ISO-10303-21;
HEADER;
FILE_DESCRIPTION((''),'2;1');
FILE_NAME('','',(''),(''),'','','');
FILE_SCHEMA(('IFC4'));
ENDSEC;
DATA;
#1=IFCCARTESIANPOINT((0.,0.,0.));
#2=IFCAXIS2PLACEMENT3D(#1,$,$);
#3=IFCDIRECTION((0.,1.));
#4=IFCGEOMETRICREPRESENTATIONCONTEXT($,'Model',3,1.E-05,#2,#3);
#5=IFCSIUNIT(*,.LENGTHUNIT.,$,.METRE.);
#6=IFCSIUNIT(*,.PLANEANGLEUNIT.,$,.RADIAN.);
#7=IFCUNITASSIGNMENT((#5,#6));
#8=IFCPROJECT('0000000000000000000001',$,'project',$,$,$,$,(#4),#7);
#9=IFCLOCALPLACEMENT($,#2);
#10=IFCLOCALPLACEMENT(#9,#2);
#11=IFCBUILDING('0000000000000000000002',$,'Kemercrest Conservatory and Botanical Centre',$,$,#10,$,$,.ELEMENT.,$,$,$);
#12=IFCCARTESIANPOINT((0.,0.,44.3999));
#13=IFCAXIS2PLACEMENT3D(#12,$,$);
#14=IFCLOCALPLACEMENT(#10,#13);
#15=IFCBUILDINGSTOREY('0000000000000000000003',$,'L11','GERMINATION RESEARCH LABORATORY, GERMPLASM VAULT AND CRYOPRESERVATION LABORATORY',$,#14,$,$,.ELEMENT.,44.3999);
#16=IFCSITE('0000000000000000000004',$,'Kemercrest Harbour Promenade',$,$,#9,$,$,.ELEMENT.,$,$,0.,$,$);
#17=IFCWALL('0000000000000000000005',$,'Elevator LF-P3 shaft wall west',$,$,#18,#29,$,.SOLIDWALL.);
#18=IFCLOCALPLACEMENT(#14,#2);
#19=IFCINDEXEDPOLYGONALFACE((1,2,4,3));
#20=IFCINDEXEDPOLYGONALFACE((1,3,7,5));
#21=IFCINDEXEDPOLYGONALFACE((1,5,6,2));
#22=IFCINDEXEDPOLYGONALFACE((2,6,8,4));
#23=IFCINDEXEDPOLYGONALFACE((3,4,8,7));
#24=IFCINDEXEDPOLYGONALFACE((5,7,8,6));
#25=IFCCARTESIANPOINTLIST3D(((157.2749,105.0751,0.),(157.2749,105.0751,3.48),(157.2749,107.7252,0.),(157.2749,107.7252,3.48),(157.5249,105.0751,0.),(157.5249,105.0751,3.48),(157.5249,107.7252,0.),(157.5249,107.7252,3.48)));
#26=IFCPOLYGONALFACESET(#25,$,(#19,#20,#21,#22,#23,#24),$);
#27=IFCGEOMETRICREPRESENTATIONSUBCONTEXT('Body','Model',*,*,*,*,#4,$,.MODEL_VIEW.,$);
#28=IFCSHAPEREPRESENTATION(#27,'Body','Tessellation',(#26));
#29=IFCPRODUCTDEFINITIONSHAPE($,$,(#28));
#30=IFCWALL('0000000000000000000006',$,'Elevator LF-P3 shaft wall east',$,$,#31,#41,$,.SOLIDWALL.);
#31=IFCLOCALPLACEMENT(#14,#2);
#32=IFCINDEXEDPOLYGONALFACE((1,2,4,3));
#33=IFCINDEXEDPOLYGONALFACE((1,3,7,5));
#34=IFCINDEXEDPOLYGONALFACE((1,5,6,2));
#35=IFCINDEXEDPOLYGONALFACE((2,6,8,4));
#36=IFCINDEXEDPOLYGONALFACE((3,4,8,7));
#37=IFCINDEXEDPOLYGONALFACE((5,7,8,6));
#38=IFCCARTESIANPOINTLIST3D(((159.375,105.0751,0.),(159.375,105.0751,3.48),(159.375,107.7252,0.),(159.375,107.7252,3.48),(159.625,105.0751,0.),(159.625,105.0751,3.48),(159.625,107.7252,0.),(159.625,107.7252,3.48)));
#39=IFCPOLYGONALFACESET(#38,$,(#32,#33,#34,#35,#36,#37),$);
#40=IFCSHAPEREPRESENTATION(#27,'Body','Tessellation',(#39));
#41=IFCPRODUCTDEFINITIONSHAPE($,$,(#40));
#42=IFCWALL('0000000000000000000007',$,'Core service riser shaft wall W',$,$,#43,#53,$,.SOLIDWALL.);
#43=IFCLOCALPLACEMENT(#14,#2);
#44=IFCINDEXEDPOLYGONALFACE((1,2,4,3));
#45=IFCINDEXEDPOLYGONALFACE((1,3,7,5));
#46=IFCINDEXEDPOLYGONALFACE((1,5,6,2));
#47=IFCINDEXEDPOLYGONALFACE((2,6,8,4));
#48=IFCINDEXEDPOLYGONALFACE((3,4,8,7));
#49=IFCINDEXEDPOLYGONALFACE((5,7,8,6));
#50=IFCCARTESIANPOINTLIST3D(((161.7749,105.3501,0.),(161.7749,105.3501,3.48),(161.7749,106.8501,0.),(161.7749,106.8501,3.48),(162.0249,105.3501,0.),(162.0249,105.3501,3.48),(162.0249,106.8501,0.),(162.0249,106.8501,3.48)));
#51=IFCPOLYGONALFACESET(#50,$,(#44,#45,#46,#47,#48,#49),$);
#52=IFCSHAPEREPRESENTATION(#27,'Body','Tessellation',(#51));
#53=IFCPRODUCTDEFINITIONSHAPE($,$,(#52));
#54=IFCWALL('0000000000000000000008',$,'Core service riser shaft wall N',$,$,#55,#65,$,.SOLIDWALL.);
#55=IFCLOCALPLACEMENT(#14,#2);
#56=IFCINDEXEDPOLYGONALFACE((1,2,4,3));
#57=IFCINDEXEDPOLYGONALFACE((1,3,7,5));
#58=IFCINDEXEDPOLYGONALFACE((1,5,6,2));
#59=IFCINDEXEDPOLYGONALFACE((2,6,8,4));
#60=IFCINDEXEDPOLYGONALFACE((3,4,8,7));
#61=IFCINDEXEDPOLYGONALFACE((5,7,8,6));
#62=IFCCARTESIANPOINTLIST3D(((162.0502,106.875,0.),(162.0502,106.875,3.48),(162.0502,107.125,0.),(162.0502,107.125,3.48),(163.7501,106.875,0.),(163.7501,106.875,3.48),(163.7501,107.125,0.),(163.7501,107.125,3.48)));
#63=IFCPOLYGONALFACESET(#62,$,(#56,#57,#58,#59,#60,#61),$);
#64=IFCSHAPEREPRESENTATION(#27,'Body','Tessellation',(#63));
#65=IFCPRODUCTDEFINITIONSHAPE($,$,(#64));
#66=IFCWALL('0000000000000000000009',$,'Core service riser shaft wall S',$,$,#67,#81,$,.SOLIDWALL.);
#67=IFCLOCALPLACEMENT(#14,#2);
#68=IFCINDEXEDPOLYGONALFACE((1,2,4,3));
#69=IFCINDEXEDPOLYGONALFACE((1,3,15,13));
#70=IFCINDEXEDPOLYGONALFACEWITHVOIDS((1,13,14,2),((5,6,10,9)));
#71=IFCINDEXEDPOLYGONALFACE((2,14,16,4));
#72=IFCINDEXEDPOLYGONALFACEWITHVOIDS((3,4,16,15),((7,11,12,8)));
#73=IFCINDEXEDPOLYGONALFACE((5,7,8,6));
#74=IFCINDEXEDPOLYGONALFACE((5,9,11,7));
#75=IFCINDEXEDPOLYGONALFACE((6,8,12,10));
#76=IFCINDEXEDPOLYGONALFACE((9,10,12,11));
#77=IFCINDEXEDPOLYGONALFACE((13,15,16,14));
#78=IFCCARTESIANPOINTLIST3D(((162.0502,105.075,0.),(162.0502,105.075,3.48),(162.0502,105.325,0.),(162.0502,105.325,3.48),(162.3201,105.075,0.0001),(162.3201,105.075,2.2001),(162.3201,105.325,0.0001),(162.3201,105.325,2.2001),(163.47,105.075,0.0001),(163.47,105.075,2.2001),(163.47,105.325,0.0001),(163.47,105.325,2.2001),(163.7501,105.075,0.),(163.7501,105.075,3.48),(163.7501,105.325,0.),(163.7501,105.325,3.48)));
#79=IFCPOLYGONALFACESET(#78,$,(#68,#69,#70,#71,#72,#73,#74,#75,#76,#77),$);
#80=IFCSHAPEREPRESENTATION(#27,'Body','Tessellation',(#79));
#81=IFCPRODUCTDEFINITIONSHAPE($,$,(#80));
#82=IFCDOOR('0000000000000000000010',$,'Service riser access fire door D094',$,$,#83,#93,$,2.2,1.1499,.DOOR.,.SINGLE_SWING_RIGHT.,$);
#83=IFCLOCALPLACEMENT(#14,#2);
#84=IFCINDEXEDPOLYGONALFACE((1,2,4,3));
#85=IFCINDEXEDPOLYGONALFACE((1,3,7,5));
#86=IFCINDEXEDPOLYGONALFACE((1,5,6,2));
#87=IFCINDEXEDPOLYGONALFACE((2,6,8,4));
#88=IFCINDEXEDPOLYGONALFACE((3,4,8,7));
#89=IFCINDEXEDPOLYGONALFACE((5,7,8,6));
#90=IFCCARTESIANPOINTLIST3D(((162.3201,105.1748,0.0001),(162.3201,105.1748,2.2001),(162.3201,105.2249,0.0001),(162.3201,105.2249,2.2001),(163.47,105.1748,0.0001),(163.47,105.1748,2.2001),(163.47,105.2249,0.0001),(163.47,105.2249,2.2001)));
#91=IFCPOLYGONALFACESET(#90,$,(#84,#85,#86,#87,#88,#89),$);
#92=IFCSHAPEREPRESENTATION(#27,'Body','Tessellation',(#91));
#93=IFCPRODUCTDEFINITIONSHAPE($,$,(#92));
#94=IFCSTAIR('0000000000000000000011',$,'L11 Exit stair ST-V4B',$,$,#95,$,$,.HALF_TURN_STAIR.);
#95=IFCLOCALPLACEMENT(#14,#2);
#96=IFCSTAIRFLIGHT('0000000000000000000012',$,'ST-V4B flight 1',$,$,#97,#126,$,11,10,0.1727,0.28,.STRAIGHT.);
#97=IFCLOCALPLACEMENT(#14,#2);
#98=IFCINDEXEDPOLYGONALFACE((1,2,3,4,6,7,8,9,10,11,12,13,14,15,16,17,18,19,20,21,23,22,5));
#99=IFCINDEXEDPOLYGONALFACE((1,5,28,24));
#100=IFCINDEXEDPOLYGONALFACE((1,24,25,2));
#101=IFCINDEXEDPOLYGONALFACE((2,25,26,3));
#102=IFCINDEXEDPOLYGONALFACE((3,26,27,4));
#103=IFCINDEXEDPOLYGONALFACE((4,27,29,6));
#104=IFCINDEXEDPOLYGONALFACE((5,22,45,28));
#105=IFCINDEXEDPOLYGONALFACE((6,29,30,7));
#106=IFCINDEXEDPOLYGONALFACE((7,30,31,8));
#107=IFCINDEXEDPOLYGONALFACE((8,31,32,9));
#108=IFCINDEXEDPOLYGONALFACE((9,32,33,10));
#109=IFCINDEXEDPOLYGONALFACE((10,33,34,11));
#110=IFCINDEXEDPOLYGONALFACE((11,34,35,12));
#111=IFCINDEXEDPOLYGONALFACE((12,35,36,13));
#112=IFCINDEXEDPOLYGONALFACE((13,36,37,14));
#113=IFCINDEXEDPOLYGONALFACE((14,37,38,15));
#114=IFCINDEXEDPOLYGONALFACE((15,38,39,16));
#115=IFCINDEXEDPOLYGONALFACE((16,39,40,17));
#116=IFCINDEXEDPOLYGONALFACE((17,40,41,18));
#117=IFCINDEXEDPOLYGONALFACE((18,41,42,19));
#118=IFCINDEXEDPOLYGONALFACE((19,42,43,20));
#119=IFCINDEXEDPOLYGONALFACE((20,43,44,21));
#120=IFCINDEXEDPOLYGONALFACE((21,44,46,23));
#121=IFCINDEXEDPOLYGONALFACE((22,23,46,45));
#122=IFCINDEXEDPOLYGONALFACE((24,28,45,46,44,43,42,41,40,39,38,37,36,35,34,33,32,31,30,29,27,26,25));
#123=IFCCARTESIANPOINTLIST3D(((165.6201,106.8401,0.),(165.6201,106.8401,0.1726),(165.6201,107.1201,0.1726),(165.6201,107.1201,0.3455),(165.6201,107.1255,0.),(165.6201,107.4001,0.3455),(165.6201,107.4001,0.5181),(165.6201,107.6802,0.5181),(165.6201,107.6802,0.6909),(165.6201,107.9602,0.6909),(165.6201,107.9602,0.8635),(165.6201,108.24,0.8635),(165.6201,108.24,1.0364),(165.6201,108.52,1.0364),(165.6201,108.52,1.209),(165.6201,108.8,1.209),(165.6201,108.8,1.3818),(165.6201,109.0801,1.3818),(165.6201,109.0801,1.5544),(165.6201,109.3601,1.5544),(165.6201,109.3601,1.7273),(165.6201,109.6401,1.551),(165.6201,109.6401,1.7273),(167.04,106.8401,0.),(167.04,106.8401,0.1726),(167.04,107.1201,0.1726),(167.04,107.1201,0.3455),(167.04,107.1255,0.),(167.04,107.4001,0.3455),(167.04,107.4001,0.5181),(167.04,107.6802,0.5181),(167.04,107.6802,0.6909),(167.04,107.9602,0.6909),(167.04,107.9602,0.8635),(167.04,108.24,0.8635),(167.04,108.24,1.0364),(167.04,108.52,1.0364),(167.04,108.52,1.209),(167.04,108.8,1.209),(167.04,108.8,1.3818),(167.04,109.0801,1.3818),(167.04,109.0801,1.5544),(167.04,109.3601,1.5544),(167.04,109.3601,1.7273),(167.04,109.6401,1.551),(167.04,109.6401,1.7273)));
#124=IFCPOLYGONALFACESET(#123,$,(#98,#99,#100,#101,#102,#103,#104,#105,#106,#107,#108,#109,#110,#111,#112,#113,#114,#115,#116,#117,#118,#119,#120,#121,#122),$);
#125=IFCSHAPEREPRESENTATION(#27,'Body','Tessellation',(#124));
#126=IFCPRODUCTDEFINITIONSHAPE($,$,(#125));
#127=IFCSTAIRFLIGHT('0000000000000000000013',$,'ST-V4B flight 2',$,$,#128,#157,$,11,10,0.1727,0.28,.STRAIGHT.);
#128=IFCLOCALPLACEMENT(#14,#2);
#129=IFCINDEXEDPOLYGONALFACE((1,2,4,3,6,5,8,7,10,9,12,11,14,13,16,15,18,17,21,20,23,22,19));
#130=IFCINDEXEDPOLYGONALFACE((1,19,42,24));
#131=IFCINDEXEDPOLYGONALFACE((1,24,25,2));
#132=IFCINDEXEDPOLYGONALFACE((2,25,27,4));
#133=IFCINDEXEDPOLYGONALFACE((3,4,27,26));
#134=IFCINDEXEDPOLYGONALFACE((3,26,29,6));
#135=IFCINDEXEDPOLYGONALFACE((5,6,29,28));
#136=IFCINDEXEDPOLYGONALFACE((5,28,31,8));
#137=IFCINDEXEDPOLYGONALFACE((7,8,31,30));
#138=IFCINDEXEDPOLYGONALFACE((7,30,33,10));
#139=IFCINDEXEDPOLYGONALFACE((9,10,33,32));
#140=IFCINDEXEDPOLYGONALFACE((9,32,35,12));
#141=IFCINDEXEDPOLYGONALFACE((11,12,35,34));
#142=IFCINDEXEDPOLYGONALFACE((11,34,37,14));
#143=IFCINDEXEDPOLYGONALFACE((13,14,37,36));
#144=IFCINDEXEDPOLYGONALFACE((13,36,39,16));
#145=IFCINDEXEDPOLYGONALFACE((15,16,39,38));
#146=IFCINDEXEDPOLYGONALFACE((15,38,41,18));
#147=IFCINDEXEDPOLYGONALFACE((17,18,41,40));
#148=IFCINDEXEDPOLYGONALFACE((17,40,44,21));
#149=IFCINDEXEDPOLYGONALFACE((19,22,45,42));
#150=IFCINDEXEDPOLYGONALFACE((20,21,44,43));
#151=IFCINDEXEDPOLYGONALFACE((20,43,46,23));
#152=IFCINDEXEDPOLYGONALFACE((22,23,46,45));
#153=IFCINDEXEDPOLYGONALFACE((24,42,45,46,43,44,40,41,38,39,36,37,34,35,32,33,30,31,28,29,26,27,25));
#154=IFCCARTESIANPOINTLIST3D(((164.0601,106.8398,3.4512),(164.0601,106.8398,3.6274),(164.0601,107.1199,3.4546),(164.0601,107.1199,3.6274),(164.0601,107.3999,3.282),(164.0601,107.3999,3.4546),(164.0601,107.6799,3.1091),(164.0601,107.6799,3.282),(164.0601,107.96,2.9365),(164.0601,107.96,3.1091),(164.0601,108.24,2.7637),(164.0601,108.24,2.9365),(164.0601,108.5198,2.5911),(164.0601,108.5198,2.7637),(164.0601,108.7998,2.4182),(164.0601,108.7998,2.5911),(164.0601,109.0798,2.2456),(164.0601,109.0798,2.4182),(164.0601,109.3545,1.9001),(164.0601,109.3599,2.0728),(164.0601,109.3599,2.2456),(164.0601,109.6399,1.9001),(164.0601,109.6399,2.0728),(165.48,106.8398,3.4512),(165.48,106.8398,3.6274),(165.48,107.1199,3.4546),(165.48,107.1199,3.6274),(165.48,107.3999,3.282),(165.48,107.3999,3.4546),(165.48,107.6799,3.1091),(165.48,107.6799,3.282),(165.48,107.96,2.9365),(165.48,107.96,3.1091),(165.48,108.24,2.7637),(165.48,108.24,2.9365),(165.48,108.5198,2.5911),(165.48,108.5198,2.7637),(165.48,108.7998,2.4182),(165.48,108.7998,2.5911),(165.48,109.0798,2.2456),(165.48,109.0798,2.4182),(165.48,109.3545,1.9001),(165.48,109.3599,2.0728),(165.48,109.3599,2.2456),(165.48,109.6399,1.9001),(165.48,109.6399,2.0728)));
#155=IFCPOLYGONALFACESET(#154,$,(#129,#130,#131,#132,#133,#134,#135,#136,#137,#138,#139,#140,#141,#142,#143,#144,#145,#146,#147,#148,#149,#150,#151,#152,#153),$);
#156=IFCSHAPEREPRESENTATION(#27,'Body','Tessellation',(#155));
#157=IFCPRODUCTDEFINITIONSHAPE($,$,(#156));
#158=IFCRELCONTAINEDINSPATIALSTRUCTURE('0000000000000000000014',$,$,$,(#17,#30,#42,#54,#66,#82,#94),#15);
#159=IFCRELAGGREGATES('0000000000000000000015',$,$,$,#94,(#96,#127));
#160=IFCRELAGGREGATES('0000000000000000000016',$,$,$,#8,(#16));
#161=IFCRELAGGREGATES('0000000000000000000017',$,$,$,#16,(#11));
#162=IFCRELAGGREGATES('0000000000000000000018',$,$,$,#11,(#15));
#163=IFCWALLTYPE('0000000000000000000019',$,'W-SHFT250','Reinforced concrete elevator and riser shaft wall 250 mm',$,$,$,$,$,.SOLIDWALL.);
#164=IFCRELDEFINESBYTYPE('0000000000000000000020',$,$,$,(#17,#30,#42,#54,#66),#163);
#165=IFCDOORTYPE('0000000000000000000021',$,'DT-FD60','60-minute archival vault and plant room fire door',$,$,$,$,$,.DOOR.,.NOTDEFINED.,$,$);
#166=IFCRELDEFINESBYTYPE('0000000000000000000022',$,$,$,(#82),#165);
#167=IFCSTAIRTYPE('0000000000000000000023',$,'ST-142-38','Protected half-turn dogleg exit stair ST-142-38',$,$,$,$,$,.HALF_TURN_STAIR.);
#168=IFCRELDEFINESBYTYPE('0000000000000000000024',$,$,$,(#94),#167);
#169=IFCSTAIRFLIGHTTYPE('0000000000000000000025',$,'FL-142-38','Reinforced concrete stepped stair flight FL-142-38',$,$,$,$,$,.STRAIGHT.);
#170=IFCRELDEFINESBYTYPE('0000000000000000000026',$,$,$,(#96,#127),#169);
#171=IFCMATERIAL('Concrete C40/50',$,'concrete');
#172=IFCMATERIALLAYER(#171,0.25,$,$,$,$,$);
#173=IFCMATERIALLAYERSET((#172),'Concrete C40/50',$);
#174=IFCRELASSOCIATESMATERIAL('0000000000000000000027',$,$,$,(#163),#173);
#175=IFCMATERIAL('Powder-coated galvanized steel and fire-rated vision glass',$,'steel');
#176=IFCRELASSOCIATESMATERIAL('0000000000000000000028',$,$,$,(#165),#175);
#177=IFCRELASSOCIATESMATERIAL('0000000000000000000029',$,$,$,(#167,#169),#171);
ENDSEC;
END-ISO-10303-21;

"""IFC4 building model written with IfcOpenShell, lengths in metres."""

from ifc_helpers import new_model, si_unit, direction, frame, frame_2d, origin, place, context, subcontext, project, spatial, polyline, rectangle, outline, extrude, material, layer, layer_set, type_object, element, fill, aggregate, save


model = new_model("IFC4")

# Units and contexts
model_context = context("Model", 3, precision=1e-05, world=origin(), true_north=direction((0.0, 1.0)))
body_context = subcontext(model_context, "Body", "Model", "MODEL_VIEW")
ifc_project = project(units=[si_unit("LENGTHUNIT", "METRE"), si_unit("PLANEANGLEUNIT", "RADIAN")], contexts=[model_context])

# Site, building, storey
site_placement = place(None, origin())
site = spatial("IfcSite", under=ifc_project, at=site_placement, Name="Kemercrest Harbour Promenade", CompositionType="ELEMENT", RefElevation=0.0)
building_placement = place(site_placement, origin())
building = spatial("IfcBuilding", under=site, at=building_placement, Name="Kemercrest Conservatory and Botanical Centre", CompositionType="ELEMENT")
storey_placement = place(building_placement, frame((0.0, 0.0, 44.3999)))
storey = spatial("IfcBuildingStorey", under=building, at=storey_placement, Name="L11", Description="GERMINATION RESEARCH LABORATORY, GERMPLASM VAULT AND CRYOPRESERVATION LABORATORY", CompositionType="ELEMENT", Elevation=44.3999)

# Shared definitions
ifc_material_1 = material(Name="Powder-coated galvanized steel and fire-rated vision glass", Category="steel")

# Shared definitions
ifc_material_2 = material(Name="Concrete C40/50", Category="concrete")
ifc_layer_1 = layer(ifc_material_2, 0.25)
ifc_layer_set_1 = layer_set([ifc_layer_1], Name="Concrete C40/50")
wall_type_1 = type_object("IfcWallType", Name="W-SHFT250", Description="Reinforced concrete elevator and riser shaft wall 250 mm", PredefinedType="SOLIDWALL", material=ifc_layer_set_1)

# Walls
for number, where, z_axis, x_axis, name in (
    (1, (157.3999, 105.075, 0.0), (0.0, 0.0, 1.0), (0.0, 1.0, 0.0), "Elevator LF-P3 shaft wall west"),
    (2, (159.5, 105.075, 0.0), (0.0, 0.0, 1.0), (0.0, 1.0, 0.0), "Elevator LF-P3 shaft wall east"),
):
    element("IfcWall", number, at=place(storey_placement, frame(where, z_axis=z_axis, x_axis=x_axis)), inside=storey, type_object=wall_type_1, Name=name, PredefinedType="SOLIDWALL", context=body_context, shape_type="SweptSolid", body=[
        extrude(rectangle(XDim=2.6501, YDim=0.25, at=frame_2d((1.3252, 0.0))), origin(), (0.0, 0.0, 1.0), 3.48),
    ])
wall_1_placement = place(storey_placement, frame((161.8999, 105.3501, 0.0), z_axis=(0.0, 0.0, 1.0), x_axis=(0.0, 1.0, 0.0)))
element("IfcWall", 3, at=wall_1_placement, inside=storey, type_object=wall_type_1, Name="Core service riser shaft wall W", PredefinedType="SOLIDWALL", context=body_context, shape_type="SweptSolid", body=[
    extrude(rectangle(XDim=1.5, YDim=0.25, at=frame_2d((0.75, 0.0))), origin(), (0.0, 0.0, 1.0), 3.48),
])
wall_2_placement = place(storey_placement, frame((162.05, 107.0, 0.0), z_axis=(0.0, 0.0, 1.0), x_axis=(1.0, 0.0, 0.0)))
element("IfcWall", 4, at=wall_2_placement, inside=storey, type_object=wall_type_1, Name="Core service riser shaft wall N", PredefinedType="SOLIDWALL", context=body_context, shape_type="SweptSolid", body=[
    extrude(rectangle(XDim=1.7, YDim=0.25, at=frame_2d((0.8501, 0.0))), origin(), (0.0, 0.0, 1.0), 3.48),
])

# Wall, opening, door
wall_3_placement = place(storey_placement, frame((162.05, 105.2, 0.0), z_axis=(0.0, 0.0, 1.0), x_axis=(1.0, 0.0, 0.0)))
wall_3 = element("IfcWall", 5, at=wall_3_placement, inside=storey, type_object=wall_type_1, Name="Core service riser shaft wall S", PredefinedType="SOLIDWALL", context=body_context, shape_type="SweptSolid", body=[
    extrude(rectangle(XDim=1.7, YDim=0.25, at=frame_2d((0.8501, 0.0))), origin(), (0.0, 0.0, 1.0), 3.48),
])
opening_1_placement = place(wall_3_placement, frame((0.27, 0.0, 0.0)))
opening_1 = element("IfcOpeningElement", 6, at=opening_1_placement, cuts=wall_3, PredefinedType="OPENING", context=body_context, shape_type="SweptSolid", body=[
    extrude(rectangle(XDim=1.1499, YDim=2.2, at=frame_2d((0.575, 1.1001))), frame((0.0, 0.135, 0.0), z_axis=(0.0, -1.0, 0.0), x_axis=(1.0, 0.0, 0.0)), (0.0, 0.0, 1.0), 0.27),
])
door_type_1 = type_object("IfcDoorType", Name="DT-FD60", Description="60-minute archival vault and plant room fire door", OperationType="NOTDEFINED", PredefinedType="DOOR", material=ifc_material_1)
door_1_placement = place(opening_1_placement, origin())
door_1 = element("IfcDoor", 7, at=door_1_placement, inside=storey, type_object=door_type_1, Name="Service riser access fire door D094", OperationType="SINGLE_SWING_RIGHT", OverallHeight=2.2, OverallWidth=1.1499, PredefinedType="DOOR", context=body_context, shape_type="SweptSolid", body=[
    extrude(rectangle(XDim=1.1499, YDim=2.2, at=frame_2d((0.575, 1.1001))), frame((0.0, 0.0249, 0.0), z_axis=(0.0, -1.0, 0.0), x_axis=(1.0, 0.0, 0.0)), (0.0, 0.0, 1.0), 0.05),
])
fill(opening_1, door_1)

# Stair, stair flights
stair_type = type_object("IfcStairType", Name="ST-142-38", Description="Protected half-turn dogleg exit stair ST-142-38", PredefinedType="HALF_TURN_STAIR", material=ifc_material_2)
stair_placement = place(storey_placement, origin())
stair = element("IfcStair", 8, at=stair_placement, inside=storey, type_object=stair_type, Name="L11 Exit stair ST-V4B", PredefinedType="HALF_TURN_STAIR")
stair_flight_type = type_object("IfcStairFlightType", Name="FL-142-38", Description="Reinforced concrete stepped stair flight FL-142-38", PredefinedType="STRAIGHT", material=ifc_material_2)
stair_flight_1_placement = place(storey_placement, frame((166.3301, 106.8401, 0.0), z_axis=(0.0, 0.0, 1.0), x_axis=(0.0, 1.0, 0.0)))
stair_flight_1 = element("IfcStairFlight", 9, at=stair_flight_1_placement, type_object=stair_flight_type, Name="ST-V4B flight 1", NumberOfRisers=11, NumberOfTreads=10, PredefinedType="STRAIGHT", RiserHeight=0.1727, TreadLength=0.28, context=body_context, shape_type="SweptSolid", body=[
    extrude(outline(polyline([(0.0, 0.0), (0.0, 0.1726), (0.28, 0.1726), (0.28, 0.3455), (0.5601, 0.3455), (0.5601, 0.5181), (0.8401, 0.5181), (0.8401, 0.6909), (1.1201, 0.6909), (1.1201, 0.8635), (1.3999, 0.8635), (1.3999, 1.0364), (1.6799, 1.0364), (1.6799, 1.209), (1.96, 1.209), (1.96, 1.3818), (2.24, 1.3818), (2.24, 1.5544), (2.52, 1.5544), (2.52, 1.7273), (2.8, 1.7273), (2.8, 1.8999), (2.8, 1.551), (0.2854, 0.0), (0.0, 0.0)])), frame((0.0, 0.71, 0.0), z_axis=(0.0, -1.0, 0.0), x_axis=(1.0, 0.0, 0.0)), (0.0, 0.0, 1.0), 1.4199),
])
stair_flight_2_placement = place(storey_placement, frame((164.77, 109.6399, 1.9001), z_axis=(0.0, 0.0, 1.0), x_axis=(0.0, -1.0, 0.0)))
stair_flight_2 = element("IfcStairFlight", 10, at=stair_flight_2_placement, type_object=stair_flight_type, Name="ST-V4B flight 2", NumberOfRisers=11, NumberOfTreads=10, PredefinedType="STRAIGHT", RiserHeight=0.1727, TreadLength=0.28, context=body_context, shape_type="SweptSolid", body=[
    extrude(outline(polyline([(0.0, 0.0), (0.0, 0.1726), (0.28, 0.1726), (0.28, 0.3455), (0.5601, 0.3455), (0.5601, 0.5181), (0.8401, 0.5181), (0.8401, 0.6909), (1.1201, 0.6909), (1.1201, 0.8635), (1.3999, 0.8635), (1.3999, 1.0364), (1.6799, 1.0364), (1.6799, 1.209), (1.96, 1.209), (1.96, 1.3818), (2.24, 1.3818), (2.24, 1.5544), (2.52, 1.5544), (2.52, 1.7273), (2.8, 1.7273), (2.8, 1.8999), (2.8, 1.551), (0.2854, 0.0), (0.0, 0.0)])), frame((0.0, 0.71, 0.0), z_axis=(0.0, -1.0, 0.0), x_axis=(1.0, 0.0, 0.0)), (0.0, 0.0, 1.0), 1.4199),
])
aggregate(stair, [stair_flight_1, stair_flight_2])

save(model, "model.ifc")
